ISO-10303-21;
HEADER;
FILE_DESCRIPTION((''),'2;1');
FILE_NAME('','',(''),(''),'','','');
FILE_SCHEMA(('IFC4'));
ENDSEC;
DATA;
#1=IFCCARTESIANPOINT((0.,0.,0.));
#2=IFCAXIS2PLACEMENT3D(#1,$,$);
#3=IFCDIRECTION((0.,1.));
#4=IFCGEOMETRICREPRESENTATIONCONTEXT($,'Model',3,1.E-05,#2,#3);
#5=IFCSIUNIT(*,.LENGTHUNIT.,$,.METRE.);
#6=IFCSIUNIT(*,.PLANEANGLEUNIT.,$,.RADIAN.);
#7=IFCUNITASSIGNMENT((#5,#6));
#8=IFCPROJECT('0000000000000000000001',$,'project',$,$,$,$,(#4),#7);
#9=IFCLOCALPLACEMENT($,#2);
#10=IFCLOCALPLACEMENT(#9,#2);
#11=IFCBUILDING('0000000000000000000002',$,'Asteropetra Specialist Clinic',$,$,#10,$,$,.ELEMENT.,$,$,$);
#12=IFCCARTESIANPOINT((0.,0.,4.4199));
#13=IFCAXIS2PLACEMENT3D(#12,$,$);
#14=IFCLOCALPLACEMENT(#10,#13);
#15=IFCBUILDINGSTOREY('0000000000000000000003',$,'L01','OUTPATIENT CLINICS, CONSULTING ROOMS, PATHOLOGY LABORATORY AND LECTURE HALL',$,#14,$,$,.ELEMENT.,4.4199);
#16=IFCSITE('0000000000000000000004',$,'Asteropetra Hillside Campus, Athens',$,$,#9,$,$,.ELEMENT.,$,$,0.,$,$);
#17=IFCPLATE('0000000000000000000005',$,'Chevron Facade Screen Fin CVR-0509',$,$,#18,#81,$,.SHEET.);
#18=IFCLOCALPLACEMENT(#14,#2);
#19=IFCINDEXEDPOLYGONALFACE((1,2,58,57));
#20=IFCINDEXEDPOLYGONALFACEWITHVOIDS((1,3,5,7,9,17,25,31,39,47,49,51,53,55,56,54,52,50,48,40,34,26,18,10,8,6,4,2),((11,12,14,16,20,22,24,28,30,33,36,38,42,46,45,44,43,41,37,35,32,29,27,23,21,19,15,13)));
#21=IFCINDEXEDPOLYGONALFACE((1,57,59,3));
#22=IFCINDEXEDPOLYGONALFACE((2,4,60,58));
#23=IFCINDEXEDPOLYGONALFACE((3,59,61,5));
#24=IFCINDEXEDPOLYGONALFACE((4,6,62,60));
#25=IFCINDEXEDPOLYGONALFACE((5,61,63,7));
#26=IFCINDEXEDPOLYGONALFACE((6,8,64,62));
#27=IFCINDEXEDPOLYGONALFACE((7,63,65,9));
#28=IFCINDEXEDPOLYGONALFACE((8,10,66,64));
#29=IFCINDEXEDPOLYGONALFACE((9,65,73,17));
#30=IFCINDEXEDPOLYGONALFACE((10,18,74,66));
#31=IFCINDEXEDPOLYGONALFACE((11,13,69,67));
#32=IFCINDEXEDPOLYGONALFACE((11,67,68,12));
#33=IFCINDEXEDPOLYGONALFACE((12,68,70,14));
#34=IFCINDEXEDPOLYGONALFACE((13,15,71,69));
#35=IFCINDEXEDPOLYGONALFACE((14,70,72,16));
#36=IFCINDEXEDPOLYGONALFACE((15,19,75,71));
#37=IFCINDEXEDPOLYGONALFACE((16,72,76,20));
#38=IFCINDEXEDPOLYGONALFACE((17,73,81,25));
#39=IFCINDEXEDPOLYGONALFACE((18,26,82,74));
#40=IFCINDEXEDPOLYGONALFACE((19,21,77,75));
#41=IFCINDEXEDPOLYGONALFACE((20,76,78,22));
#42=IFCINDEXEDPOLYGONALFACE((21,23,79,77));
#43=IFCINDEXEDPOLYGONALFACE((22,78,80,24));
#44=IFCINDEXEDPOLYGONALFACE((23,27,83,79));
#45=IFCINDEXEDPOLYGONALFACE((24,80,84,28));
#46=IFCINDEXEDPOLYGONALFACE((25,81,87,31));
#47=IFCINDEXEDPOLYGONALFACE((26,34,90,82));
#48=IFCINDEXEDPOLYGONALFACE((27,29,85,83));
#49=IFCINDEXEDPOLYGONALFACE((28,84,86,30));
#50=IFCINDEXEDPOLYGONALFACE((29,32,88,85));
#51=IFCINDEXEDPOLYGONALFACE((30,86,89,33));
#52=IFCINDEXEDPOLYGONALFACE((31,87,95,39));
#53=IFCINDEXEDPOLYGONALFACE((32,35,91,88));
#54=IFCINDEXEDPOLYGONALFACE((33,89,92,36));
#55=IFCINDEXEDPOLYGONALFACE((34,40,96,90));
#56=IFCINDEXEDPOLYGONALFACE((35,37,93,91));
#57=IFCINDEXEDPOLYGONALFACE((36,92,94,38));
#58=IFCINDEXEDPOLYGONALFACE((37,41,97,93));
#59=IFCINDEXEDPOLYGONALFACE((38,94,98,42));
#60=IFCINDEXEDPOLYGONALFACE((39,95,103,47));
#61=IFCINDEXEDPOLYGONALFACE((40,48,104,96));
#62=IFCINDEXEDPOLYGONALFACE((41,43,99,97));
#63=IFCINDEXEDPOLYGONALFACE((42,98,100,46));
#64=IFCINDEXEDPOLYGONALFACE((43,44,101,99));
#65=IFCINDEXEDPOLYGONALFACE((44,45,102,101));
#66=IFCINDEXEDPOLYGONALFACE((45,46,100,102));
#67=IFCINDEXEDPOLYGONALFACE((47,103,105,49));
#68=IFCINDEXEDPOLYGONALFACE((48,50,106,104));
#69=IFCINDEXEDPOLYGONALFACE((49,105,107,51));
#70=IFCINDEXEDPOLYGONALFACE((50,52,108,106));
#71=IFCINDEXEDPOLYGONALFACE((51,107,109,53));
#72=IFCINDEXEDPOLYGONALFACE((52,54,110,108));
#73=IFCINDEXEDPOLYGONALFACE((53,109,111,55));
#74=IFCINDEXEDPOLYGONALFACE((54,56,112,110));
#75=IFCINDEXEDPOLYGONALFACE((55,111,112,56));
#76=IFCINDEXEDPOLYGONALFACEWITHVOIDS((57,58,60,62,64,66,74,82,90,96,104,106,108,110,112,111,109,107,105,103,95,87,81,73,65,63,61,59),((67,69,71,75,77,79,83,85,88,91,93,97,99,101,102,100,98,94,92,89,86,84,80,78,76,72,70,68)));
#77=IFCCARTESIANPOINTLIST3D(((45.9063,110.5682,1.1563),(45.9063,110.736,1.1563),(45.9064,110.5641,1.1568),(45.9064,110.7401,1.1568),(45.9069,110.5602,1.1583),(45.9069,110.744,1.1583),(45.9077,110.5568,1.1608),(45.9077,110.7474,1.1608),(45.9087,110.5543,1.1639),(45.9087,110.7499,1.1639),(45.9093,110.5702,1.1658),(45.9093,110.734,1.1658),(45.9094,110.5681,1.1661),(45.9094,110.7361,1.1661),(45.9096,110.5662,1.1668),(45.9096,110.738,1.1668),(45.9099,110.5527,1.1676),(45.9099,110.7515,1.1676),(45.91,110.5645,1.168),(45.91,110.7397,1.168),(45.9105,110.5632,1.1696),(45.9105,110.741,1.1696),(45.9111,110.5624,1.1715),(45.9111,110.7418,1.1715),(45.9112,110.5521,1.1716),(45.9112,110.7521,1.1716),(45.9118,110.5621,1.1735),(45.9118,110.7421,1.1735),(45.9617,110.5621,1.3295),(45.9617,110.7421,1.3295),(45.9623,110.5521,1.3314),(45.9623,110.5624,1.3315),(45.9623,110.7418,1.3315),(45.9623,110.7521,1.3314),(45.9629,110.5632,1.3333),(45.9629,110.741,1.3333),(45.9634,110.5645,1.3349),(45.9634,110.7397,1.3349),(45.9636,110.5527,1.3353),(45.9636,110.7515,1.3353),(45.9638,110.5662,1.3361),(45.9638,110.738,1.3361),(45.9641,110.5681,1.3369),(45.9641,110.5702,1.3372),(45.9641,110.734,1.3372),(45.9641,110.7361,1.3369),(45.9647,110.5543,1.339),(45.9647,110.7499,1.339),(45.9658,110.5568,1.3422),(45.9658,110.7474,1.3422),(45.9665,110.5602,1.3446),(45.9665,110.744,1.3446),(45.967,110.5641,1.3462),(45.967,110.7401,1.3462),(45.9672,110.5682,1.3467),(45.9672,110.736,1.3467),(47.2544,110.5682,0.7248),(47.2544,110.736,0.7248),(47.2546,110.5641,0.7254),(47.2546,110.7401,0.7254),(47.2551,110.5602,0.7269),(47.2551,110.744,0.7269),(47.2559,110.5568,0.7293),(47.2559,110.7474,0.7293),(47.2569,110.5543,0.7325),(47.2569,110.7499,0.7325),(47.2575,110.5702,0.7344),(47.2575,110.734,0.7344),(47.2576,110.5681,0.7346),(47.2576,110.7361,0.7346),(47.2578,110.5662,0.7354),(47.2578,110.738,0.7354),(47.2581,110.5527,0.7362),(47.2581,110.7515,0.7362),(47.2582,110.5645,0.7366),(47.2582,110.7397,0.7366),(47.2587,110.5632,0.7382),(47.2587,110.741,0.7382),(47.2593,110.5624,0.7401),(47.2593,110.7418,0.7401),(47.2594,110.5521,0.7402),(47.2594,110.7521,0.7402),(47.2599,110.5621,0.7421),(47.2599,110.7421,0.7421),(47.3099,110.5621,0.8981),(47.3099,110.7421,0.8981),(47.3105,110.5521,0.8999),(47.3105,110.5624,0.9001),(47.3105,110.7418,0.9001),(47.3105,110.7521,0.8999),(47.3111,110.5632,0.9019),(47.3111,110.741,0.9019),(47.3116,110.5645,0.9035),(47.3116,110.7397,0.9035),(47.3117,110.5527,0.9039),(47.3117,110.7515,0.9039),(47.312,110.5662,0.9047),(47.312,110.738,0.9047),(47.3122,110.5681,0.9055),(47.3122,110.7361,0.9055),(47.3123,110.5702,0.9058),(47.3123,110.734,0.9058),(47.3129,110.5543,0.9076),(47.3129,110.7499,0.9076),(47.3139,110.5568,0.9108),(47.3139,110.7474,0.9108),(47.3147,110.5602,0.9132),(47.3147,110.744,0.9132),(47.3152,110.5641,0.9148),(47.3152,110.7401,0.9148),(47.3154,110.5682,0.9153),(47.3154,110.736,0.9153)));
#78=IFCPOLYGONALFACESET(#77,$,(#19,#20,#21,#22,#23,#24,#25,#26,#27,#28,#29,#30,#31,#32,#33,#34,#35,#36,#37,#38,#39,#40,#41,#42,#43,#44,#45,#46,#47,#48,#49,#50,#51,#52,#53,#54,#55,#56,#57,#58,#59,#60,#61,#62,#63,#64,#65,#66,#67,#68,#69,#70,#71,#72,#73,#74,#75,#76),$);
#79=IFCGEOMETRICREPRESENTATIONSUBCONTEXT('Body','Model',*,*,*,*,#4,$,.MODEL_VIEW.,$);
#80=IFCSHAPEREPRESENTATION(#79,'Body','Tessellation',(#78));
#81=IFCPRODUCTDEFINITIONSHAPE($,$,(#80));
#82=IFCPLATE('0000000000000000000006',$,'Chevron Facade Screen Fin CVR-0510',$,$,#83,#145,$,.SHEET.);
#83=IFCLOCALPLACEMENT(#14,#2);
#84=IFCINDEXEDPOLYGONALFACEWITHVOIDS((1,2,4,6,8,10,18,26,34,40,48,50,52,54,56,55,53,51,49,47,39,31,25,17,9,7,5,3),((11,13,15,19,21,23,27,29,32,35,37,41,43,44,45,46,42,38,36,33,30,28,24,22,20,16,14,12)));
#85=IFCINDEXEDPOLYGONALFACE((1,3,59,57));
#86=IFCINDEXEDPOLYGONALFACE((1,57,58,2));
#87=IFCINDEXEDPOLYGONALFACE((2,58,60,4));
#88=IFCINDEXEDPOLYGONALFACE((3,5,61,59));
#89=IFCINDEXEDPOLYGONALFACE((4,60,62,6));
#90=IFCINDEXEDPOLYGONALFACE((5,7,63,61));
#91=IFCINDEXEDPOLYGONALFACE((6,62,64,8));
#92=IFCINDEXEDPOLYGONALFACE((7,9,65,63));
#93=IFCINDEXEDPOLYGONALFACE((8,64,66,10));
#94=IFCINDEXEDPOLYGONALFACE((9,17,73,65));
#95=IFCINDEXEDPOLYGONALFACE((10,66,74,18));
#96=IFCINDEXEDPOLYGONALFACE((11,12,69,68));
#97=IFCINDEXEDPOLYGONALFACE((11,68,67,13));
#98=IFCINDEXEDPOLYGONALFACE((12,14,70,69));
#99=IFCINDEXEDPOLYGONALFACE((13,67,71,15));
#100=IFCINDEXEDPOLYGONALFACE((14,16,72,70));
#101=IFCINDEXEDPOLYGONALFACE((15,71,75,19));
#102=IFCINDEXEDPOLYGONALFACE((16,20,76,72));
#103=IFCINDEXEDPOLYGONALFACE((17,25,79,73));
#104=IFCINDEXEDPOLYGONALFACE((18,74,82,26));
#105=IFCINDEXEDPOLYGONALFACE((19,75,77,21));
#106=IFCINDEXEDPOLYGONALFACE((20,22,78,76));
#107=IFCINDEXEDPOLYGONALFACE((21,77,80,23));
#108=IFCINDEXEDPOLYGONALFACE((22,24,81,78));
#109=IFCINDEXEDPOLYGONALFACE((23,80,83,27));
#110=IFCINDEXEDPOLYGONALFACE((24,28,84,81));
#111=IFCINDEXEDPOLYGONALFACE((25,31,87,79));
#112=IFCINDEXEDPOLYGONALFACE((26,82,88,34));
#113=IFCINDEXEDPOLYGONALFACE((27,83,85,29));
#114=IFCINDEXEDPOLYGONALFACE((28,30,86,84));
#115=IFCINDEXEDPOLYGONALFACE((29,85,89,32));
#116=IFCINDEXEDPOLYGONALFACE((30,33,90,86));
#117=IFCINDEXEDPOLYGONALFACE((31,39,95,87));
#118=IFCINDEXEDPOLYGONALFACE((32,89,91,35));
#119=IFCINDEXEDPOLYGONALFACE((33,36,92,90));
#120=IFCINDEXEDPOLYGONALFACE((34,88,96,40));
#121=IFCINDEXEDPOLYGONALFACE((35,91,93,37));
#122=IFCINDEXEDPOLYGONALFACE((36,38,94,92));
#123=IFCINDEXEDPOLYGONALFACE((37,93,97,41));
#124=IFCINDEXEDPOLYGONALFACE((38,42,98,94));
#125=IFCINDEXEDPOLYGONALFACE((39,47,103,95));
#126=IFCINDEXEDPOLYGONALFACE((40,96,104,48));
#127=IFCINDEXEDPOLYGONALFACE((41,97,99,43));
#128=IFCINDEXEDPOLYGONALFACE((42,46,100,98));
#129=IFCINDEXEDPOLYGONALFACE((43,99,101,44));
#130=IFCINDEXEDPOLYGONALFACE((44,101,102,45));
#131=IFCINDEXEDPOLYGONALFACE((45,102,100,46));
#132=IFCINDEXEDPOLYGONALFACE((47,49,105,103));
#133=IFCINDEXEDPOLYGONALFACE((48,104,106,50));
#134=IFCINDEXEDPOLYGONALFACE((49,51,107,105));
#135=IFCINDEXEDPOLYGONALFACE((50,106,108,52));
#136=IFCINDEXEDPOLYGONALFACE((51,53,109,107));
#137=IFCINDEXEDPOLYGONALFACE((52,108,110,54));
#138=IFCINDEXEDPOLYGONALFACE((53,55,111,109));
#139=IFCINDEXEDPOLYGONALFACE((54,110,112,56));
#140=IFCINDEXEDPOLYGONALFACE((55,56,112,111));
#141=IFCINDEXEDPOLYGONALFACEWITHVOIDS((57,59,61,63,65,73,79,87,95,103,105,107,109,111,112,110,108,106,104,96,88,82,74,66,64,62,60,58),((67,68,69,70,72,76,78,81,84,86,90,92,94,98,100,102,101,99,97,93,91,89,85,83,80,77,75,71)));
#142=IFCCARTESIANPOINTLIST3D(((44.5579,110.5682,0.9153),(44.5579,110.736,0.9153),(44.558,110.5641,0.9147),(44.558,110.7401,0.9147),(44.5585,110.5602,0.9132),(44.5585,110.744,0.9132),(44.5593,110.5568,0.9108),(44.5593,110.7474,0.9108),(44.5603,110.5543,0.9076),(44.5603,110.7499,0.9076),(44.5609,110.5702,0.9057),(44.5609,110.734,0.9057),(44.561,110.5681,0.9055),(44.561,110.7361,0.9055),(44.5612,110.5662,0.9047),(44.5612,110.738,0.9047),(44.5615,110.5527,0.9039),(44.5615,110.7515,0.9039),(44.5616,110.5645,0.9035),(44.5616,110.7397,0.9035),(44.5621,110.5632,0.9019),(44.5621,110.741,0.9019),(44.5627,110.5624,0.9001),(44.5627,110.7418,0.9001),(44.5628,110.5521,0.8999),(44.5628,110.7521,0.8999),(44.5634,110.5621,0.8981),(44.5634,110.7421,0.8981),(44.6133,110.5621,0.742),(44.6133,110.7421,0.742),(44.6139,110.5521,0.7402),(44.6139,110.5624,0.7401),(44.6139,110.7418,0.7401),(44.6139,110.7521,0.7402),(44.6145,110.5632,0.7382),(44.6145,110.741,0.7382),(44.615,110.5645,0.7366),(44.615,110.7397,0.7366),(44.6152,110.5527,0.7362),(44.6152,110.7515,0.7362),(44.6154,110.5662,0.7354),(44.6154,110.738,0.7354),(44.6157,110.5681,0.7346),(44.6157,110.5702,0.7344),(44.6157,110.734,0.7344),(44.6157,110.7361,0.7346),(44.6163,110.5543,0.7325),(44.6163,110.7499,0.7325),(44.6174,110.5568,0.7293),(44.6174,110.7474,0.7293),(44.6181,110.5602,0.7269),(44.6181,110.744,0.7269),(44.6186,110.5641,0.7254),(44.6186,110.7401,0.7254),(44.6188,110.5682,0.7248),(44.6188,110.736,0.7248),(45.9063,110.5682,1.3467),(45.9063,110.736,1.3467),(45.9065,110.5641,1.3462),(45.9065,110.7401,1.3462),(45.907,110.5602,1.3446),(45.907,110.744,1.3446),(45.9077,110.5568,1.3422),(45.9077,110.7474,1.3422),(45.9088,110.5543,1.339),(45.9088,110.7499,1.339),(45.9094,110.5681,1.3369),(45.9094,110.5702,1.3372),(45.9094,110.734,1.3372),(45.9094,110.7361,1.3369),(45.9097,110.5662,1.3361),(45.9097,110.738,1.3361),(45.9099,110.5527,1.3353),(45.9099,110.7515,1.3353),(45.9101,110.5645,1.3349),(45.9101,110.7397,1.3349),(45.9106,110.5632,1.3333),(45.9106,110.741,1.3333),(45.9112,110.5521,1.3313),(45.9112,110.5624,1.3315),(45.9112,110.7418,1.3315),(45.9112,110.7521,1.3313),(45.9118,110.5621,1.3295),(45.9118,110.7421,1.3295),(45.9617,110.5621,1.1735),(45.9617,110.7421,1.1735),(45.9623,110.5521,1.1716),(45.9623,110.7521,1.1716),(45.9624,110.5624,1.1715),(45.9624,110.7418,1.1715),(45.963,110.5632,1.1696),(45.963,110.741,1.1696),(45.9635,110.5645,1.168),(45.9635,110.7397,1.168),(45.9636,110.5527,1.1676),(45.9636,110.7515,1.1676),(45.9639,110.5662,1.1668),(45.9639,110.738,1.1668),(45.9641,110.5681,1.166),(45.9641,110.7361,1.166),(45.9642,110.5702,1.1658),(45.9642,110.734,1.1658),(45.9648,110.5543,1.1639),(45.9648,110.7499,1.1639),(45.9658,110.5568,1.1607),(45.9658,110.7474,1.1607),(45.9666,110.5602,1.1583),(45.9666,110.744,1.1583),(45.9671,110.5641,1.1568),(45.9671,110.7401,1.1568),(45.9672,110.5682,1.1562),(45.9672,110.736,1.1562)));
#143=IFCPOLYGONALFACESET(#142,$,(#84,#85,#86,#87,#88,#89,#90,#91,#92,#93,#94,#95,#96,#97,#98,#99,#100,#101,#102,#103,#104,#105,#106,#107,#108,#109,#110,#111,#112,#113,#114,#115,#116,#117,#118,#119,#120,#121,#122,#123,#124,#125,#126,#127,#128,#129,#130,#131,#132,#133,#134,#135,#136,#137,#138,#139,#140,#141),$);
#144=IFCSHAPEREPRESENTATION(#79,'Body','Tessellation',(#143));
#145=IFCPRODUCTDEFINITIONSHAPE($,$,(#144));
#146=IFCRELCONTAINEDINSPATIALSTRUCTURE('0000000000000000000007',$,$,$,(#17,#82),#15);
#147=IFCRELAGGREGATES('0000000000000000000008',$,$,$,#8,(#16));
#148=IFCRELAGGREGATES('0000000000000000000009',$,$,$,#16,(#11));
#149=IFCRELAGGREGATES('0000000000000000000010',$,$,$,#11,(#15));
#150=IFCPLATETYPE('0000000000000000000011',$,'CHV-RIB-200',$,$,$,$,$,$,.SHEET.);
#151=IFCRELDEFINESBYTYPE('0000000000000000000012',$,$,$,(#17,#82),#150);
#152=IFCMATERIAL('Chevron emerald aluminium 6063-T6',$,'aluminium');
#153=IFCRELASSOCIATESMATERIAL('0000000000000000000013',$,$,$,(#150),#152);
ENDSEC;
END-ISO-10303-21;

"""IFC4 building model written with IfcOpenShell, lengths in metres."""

from ifc_helpers import new_model, si_unit, direction, frame, origin, origin_2d, place, context, subcontext, project, spatial, hollow_rectangle, extrude, material, material_profile, profile_set, type_object, element, save


model = new_model("IFC4")

# Units and contexts
model_context = context("Model", 3, precision=1e-05, world=origin(), true_north=direction((0.0, 1.0)))
body_context = subcontext(model_context, "Body", "Model", "MODEL_VIEW")
ifc_project = project(units=[si_unit("LENGTHUNIT", "METRE"), si_unit("PLANEANGLEUNIT", "RADIAN")], contexts=[model_context])

# Site, building, storey
site_placement = place(None, origin())
site = spatial("IfcSite", under=ifc_project, at=site_placement, Name="Asteropetra Hillside Campus, Athens", CompositionType="ELEMENT", RefElevation=0.0)
building_placement = place(site_placement, origin())
building = spatial("IfcBuilding", under=site, at=building_placement, Name="Asteropetra Specialist Clinic", CompositionType="ELEMENT")
storey_placement = place(building_placement, frame((0.0, 0.0, 4.4199)))
storey = spatial("IfcBuildingStorey", under=building, at=storey_placement, Name="L01", Description="OUTPATIENT CLINICS, CONSULTING ROOMS, PATHOLOGY LABORATORY AND LECTURE HALL", CompositionType="ELEMENT", Elevation=4.4199)

# Plates
ifc_material_1 = material(Name="Chevron emerald aluminium 6063-T6", Category="aluminium")
ifc_material_profile = material_profile(ifc_material_1, hollow_rectangle(XDim=0.2, YDim=0.2, WallThickness=0.01, InnerFilletRadius=0.0081, OuterFilletRadius=0.0161, at=origin_2d()), Name="SHS 200x200x10.0")
ifc_profile_set = profile_set([ifc_material_profile], Name="Chevron emerald aluminium 6063-T6")
plate_type_1 = type_object("IfcPlateType", Name="CHV-RIB-200", PredefinedType="SHEET", material=ifc_profile_set)
plate_1_placement = place(storey_placement, frame((47.2849, 110.6521, 0.8201), z_axis=(-0.952426, 0.0, 0.304769), x_axis=(0.0, -1.0, 0.0)))
element("IfcPlate", 1, at=plate_1_placement, inside=storey, type_object=plate_type_1, Name="Chevron Facade Screen Fin CVR-0509", PredefinedType="SHEET", context=body_context, shape_type="SweptSolid", body=[
    extrude(hollow_rectangle(XDim=0.2, YDim=0.2, WallThickness=0.01, InnerFilletRadius=0.0081, OuterFilletRadius=0.0161, at=origin_2d()), origin(), (0.0, 0.0, 1.0), 1.4155),
])
plate_2_placement = place(storey_placement, frame((45.9368, 110.6521, 1.2515), z_axis=(-0.952442, 0.0, -0.304719), x_axis=(0.0, -1.0, 0.0)))
element("IfcPlate", 2, at=plate_2_placement, inside=storey, type_object=plate_type_1, Name="Chevron Facade Screen Fin CVR-0510", PredefinedType="SHEET", context=body_context, shape_type="SweptSolid", body=[
    extrude(hollow_rectangle(XDim=0.2, YDim=0.2, WallThickness=0.01, InnerFilletRadius=0.0081, OuterFilletRadius=0.0161, at=origin_2d()), origin(), (0.0, 0.0, 1.0), 1.4158),
])

save(model, "model.ifc")
